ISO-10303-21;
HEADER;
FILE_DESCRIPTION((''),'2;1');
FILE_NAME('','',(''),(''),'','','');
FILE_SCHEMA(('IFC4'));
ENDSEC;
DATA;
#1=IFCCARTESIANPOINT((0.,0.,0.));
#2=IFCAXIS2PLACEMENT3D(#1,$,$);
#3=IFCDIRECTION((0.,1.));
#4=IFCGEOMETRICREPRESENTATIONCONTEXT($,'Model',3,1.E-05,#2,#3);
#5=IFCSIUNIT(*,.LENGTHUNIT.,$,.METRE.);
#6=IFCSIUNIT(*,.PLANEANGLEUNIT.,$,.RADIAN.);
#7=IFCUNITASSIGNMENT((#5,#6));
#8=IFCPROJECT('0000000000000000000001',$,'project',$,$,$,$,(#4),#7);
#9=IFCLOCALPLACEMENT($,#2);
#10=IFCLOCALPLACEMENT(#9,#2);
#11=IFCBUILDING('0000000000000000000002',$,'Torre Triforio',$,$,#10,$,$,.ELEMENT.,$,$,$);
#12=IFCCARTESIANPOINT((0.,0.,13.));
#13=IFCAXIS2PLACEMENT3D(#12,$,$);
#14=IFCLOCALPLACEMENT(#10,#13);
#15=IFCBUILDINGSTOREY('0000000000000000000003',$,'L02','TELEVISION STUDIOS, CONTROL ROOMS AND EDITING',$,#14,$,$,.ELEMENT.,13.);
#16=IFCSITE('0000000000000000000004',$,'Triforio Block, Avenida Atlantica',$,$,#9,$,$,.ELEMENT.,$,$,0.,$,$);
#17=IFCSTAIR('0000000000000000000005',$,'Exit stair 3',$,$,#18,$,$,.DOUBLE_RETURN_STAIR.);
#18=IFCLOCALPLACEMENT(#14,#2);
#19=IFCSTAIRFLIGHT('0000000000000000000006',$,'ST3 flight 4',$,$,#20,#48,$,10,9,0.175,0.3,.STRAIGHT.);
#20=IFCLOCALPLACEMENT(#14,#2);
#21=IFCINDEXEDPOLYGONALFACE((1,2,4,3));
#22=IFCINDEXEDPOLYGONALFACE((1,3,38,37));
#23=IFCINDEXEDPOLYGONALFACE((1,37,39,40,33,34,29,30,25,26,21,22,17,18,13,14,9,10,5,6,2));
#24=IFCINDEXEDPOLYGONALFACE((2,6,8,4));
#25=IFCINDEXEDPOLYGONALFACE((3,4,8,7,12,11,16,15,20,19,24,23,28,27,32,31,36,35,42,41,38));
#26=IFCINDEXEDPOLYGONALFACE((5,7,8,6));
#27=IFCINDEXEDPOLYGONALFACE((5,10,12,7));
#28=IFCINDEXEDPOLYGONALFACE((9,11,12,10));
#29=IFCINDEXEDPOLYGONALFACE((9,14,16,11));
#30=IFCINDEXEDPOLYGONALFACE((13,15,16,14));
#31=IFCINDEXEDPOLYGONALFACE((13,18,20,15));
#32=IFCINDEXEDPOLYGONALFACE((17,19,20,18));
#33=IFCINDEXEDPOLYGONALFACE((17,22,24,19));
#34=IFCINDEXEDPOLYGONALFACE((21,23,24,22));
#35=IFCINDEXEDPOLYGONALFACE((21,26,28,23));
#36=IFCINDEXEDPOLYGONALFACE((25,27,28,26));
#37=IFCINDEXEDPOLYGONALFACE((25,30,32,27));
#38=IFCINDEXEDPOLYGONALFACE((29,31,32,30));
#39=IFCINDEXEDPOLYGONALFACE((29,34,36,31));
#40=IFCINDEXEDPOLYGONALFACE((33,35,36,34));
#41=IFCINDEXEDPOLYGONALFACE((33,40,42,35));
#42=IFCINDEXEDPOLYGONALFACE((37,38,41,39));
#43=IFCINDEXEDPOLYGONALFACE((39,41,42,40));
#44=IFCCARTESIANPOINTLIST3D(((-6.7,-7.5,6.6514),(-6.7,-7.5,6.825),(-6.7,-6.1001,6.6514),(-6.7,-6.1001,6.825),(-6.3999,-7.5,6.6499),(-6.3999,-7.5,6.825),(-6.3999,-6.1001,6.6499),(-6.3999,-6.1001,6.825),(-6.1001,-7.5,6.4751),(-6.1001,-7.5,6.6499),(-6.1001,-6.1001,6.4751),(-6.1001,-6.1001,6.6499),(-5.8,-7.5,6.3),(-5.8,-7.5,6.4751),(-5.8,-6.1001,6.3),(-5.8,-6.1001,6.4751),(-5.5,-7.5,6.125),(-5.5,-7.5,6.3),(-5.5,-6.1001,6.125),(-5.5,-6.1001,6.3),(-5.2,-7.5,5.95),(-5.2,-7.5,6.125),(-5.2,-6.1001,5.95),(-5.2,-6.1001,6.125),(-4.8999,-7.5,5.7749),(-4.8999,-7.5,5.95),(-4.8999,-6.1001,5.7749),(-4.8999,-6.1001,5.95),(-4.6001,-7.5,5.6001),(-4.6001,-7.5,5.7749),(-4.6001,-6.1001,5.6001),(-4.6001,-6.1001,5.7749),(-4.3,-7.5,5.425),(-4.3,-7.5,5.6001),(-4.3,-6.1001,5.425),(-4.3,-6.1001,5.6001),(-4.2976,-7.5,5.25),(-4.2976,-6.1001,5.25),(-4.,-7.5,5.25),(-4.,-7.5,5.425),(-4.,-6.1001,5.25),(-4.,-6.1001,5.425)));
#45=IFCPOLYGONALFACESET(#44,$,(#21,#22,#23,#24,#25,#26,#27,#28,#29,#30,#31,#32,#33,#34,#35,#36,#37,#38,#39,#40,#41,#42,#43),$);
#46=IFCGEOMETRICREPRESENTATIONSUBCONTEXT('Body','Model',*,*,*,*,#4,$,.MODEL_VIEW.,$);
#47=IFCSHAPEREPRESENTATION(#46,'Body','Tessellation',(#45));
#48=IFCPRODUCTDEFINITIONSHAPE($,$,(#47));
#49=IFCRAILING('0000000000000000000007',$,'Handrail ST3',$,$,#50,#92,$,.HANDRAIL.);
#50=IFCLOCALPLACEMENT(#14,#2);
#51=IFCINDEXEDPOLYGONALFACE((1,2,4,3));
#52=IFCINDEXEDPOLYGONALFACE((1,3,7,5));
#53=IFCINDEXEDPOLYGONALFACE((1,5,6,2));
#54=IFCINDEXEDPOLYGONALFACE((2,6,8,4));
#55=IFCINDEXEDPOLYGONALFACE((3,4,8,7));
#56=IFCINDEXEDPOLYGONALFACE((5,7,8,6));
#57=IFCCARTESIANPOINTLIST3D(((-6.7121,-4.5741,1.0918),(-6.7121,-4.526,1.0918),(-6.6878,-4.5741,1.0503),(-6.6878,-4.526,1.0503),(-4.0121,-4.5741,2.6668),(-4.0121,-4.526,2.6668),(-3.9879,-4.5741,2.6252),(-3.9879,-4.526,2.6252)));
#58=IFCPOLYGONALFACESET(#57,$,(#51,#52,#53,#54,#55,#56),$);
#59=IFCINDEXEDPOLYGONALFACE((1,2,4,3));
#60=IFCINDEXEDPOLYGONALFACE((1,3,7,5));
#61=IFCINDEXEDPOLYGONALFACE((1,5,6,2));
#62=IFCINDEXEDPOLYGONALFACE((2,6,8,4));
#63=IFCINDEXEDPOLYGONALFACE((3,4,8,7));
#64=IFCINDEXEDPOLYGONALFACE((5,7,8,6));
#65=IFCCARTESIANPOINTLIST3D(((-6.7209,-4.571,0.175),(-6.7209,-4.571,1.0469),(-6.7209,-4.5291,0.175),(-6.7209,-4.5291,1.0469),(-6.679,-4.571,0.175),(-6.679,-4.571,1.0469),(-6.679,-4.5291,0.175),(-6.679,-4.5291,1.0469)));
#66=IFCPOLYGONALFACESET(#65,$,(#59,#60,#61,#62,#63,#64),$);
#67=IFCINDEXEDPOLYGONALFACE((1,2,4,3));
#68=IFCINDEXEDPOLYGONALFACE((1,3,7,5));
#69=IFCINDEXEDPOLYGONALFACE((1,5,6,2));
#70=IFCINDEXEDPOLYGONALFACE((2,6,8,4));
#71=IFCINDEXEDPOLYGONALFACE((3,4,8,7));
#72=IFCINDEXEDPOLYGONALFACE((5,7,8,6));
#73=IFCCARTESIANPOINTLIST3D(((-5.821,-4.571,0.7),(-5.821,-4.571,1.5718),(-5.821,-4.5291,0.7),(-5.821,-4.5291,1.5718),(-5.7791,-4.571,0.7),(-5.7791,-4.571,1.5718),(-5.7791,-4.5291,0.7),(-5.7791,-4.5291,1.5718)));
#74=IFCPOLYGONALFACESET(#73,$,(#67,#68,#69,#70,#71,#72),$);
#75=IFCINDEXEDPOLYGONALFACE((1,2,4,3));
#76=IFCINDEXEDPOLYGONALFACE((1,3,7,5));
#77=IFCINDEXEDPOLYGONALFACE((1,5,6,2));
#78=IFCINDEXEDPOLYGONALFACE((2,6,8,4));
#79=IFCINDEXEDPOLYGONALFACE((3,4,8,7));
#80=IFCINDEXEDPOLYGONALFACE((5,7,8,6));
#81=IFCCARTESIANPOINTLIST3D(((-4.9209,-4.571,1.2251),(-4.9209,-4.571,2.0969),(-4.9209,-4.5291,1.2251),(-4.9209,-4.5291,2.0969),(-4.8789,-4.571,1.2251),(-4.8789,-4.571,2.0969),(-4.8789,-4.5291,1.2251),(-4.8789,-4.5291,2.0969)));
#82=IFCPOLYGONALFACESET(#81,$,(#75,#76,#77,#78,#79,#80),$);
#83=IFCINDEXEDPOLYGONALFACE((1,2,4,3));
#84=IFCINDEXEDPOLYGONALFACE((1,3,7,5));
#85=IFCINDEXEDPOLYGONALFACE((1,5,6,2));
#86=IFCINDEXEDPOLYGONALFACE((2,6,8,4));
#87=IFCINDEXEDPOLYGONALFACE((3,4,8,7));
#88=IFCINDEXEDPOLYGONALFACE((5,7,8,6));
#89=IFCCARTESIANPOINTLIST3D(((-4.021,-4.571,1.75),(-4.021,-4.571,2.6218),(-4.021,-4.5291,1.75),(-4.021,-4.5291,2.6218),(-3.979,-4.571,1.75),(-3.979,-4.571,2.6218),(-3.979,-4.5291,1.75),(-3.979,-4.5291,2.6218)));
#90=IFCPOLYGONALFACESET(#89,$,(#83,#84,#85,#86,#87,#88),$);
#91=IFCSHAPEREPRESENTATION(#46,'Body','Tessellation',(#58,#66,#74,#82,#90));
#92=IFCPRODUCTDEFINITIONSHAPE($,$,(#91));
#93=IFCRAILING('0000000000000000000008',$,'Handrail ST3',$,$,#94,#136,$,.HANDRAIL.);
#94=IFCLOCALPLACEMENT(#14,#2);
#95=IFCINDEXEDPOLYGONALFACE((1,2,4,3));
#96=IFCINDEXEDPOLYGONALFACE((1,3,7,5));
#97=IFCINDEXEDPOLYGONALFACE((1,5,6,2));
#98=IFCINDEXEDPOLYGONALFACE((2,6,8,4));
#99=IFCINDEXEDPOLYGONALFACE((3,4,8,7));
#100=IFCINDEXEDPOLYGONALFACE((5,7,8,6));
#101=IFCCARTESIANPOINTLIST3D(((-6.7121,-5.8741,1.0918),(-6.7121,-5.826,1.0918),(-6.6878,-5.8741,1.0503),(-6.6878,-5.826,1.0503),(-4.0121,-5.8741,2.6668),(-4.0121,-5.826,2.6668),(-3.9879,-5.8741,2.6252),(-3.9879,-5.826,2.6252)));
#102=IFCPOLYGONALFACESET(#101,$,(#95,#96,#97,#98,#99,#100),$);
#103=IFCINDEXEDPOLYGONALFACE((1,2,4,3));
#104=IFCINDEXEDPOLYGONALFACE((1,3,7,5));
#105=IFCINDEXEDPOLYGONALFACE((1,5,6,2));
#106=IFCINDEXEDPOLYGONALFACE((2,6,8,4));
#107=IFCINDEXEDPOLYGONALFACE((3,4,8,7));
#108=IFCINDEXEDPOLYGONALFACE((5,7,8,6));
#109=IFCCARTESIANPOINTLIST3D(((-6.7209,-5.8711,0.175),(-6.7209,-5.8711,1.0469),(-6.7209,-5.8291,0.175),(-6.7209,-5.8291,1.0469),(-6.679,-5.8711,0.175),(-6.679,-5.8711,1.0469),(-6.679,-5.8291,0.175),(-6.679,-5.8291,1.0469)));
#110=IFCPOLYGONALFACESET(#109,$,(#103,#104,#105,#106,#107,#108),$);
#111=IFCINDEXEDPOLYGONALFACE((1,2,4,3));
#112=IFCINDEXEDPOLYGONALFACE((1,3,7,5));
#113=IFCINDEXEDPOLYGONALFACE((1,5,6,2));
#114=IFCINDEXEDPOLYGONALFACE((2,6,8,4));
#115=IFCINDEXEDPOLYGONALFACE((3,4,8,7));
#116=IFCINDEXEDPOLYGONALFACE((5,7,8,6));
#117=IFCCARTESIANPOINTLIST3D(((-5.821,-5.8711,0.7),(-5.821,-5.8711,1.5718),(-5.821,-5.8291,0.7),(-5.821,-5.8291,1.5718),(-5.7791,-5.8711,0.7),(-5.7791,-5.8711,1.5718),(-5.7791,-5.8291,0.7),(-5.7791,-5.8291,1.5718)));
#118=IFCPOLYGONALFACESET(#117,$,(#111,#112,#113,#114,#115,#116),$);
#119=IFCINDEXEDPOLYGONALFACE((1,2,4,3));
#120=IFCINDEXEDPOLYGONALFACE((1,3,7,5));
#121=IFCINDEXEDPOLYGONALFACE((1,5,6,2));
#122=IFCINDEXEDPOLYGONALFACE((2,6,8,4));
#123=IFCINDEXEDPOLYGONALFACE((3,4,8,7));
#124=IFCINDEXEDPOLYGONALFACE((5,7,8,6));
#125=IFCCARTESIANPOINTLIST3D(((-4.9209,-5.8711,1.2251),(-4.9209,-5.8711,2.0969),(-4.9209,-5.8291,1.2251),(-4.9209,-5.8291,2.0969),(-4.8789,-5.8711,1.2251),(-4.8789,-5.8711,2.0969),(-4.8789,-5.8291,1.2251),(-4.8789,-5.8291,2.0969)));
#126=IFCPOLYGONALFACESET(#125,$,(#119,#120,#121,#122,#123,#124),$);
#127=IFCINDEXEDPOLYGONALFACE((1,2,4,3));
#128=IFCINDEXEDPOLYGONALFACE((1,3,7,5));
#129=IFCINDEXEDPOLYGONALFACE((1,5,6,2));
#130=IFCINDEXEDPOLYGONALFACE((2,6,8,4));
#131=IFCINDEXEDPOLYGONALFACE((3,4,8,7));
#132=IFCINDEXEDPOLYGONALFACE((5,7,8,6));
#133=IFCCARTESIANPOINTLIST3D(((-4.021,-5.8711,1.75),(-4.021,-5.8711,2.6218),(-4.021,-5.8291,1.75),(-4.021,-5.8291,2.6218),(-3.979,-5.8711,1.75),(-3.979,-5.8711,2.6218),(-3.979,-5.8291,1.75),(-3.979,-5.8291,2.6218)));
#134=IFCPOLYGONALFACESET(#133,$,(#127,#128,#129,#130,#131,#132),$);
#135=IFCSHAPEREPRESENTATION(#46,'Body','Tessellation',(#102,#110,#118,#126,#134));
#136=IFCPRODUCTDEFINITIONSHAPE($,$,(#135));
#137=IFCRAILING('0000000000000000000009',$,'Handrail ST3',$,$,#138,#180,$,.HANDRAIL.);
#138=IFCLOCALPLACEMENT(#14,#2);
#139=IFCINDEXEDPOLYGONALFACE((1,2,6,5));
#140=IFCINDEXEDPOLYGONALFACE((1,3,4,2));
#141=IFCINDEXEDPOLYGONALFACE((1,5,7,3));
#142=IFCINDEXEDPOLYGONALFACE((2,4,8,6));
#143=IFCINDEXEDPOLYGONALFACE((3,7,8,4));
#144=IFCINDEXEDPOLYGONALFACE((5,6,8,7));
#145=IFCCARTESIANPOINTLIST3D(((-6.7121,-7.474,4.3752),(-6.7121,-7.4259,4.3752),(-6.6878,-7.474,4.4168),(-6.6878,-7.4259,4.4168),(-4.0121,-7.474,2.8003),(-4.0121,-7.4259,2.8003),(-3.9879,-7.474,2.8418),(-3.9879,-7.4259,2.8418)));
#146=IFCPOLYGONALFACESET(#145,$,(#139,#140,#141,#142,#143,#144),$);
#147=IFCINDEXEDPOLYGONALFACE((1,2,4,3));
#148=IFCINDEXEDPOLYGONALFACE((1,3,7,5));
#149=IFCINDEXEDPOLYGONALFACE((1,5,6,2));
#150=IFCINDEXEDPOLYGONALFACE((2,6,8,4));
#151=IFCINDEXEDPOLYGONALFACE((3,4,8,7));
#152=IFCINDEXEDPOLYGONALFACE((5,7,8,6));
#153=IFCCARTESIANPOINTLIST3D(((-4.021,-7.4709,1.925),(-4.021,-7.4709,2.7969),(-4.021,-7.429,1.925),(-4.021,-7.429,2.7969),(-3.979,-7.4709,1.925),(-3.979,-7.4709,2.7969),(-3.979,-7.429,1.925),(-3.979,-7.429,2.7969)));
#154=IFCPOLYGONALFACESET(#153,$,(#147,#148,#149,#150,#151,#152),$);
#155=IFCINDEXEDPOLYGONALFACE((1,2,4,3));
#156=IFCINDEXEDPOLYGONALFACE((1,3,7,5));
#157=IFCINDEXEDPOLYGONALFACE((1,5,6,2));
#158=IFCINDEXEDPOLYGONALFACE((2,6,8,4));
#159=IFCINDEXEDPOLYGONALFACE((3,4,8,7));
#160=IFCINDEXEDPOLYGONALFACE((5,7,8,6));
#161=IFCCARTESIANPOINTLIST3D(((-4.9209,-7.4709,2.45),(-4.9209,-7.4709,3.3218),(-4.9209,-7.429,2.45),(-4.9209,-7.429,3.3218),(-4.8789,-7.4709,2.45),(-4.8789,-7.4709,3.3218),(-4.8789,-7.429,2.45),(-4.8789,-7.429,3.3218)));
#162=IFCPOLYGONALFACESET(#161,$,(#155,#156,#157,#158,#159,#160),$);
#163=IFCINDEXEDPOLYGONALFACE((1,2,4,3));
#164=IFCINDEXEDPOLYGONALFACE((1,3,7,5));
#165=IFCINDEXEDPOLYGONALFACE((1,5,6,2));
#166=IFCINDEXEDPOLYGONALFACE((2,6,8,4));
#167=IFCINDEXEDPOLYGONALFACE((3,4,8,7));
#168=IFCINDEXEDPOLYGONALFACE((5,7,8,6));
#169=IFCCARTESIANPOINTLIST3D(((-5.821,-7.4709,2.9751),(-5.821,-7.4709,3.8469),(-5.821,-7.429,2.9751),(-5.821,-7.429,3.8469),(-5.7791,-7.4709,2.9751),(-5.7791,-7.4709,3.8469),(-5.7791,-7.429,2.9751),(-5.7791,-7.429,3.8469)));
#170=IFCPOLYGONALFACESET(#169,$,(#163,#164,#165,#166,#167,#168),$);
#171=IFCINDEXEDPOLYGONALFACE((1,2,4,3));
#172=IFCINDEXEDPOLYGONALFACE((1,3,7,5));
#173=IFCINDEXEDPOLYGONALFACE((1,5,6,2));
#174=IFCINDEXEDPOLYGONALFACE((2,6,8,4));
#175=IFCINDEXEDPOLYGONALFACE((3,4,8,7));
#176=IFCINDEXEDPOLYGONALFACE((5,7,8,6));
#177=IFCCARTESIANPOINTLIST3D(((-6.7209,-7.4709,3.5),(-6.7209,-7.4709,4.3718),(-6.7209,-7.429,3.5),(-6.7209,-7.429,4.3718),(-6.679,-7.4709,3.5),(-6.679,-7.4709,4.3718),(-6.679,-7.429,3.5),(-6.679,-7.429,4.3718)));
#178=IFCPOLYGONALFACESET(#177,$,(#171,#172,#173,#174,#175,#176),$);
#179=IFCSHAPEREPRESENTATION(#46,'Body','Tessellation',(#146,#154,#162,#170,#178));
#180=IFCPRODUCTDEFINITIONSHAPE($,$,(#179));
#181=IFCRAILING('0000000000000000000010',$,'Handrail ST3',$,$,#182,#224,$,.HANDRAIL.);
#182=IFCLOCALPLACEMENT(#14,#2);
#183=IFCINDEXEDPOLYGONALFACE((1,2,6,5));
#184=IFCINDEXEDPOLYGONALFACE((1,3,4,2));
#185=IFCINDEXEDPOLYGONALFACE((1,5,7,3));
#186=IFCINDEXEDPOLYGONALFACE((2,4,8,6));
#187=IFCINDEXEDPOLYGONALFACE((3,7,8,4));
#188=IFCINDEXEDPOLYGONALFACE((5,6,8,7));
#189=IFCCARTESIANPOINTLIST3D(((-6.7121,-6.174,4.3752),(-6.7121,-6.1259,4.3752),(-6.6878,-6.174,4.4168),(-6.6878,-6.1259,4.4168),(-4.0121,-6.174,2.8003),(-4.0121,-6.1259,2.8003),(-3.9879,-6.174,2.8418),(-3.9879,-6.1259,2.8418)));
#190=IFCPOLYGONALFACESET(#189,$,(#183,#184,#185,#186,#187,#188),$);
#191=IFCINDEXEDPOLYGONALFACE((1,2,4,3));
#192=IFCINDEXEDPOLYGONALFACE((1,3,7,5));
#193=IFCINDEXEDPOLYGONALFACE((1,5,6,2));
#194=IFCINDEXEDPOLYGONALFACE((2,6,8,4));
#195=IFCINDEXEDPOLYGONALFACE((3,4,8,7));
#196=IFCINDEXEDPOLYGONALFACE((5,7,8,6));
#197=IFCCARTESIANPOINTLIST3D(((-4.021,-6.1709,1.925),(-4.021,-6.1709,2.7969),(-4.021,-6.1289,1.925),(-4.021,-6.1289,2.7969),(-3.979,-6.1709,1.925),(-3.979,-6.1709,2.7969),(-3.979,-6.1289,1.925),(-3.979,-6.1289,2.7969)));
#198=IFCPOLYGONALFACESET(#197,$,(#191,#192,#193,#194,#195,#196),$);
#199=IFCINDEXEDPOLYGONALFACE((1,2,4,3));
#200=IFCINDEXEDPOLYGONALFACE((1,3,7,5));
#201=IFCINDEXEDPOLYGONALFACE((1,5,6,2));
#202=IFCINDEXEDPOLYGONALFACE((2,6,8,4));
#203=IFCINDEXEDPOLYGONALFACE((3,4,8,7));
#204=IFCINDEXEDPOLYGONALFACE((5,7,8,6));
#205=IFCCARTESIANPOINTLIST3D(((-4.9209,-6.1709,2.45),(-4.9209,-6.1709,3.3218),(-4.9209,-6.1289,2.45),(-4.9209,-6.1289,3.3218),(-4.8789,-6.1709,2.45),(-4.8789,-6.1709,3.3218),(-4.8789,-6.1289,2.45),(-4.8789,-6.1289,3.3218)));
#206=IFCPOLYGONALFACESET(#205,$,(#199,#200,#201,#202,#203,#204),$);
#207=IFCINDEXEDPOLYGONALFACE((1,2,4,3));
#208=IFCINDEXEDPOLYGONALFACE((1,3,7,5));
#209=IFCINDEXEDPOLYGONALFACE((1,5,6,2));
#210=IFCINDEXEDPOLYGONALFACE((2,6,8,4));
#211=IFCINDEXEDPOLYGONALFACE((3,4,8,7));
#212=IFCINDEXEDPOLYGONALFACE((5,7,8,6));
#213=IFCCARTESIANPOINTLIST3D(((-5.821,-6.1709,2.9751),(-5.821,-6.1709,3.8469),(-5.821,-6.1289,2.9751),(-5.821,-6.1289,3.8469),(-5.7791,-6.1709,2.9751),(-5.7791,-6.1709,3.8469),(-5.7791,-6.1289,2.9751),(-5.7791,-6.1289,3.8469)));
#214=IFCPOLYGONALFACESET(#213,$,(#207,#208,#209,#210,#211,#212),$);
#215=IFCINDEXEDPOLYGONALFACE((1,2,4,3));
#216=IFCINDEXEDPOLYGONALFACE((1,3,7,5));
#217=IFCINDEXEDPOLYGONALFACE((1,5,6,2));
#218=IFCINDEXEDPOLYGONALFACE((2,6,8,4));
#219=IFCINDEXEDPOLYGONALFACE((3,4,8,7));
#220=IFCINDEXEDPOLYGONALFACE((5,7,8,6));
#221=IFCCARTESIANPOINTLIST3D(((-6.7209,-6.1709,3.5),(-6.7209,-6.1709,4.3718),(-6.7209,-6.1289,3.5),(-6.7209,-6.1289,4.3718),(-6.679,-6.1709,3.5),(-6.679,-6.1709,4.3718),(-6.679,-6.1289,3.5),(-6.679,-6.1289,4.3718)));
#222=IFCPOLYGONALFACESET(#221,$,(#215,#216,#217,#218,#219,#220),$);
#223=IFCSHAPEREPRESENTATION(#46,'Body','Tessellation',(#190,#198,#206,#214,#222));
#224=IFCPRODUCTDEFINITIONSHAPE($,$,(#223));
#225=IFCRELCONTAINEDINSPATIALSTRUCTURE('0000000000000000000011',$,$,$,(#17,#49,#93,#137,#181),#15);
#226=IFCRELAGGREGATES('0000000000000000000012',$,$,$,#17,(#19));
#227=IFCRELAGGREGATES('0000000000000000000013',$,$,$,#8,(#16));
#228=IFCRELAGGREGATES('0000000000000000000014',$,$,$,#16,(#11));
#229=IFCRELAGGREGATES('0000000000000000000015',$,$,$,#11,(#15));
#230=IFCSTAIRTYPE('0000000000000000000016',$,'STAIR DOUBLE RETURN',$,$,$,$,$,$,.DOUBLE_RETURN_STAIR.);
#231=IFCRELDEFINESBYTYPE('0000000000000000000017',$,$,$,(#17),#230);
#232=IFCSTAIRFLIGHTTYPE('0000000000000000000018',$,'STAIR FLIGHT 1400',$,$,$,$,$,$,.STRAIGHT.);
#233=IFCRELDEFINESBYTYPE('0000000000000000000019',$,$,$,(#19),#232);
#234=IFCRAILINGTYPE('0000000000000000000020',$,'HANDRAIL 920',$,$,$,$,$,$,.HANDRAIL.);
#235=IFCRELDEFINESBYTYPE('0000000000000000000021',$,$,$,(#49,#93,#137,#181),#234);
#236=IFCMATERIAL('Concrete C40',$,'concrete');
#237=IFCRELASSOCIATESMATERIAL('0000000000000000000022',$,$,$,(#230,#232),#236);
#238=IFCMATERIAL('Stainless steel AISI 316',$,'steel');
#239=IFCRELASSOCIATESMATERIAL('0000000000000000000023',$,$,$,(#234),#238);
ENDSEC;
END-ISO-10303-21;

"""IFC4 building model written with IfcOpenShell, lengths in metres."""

from ifc_helpers import new_model, si_unit, direction, frame, origin, origin_2d, place, context, subcontext, project, spatial, polyline, rectangle, outline, extrude, material, type_object, element, aggregate, save


model = new_model("IFC4")

# Units and contexts
model_context = context("Model", 3, precision=1e-05, world=origin(), true_north=direction((0.0, 1.0)))
body_context = subcontext(model_context, "Body", "Model", "MODEL_VIEW")
ifc_project = project(units=[si_unit("LENGTHUNIT", "METRE"), si_unit("PLANEANGLEUNIT", "RADIAN")], contexts=[model_context])

# Site, building, storey
site_placement = place(None, origin())
site = spatial("IfcSite", under=ifc_project, at=site_placement, Name="Triforio Block, Avenida Atlantica", CompositionType="ELEMENT", RefElevation=0.0)
building_placement = place(site_placement, origin())
building = spatial("IfcBuilding", under=site, at=building_placement, Name="Torre Triforio", CompositionType="ELEMENT")
storey_placement = place(building_placement, frame((0.0, 0.0, 13.0)))
storey = spatial("IfcBuildingStorey", under=building, at=storey_placement, Name="L02", Description="TELEVISION STUDIOS, CONTROL ROOMS AND EDITING", CompositionType="ELEMENT", Elevation=13.0)

# Stair, stair flight
ifc_material_1 = material(Name="Concrete C40", Category="concrete")
stair_type = type_object("IfcStairType", Name="STAIR DOUBLE RETURN", PredefinedType="DOUBLE_RETURN_STAIR", material=ifc_material_1)
stair_placement = place(storey_placement, origin())
stair = element("IfcStair", 1, at=stair_placement, inside=storey, type_object=stair_type, Name="Exit stair 3", PredefinedType="DOUBLE_RETURN_STAIR")
stair_flight_type = type_object("IfcStairFlightType", Name="STAIR FLIGHT 1400", PredefinedType="STRAIGHT", material=ifc_material_1)
stair_flight_1_placement = place(storey_placement, frame((-4.0, -6.8, 5.25), z_axis=(0.0, 0.0, 1.0), x_axis=(-1.0, 0.0, 0.0)))
stair_flight_1 = element("IfcStairFlight", 2, at=stair_flight_1_placement, type_object=stair_flight_type, Name="ST3 flight 4", NumberOfRisers=10, NumberOfTreads=9, PredefinedType="STRAIGHT", RiserHeight=0.175, TreadLength=0.3, context=body_context, shape_type="SweptSolid", body=[
    extrude(outline(polyline([(0.0, 0.0), (0.0, 0.175), (0.3, 0.175), (0.3, 0.3501), (0.6001, 0.3501), (0.6001, 0.5249), (0.8999, 0.5249), (0.8999, 0.7), (1.2, 0.7), (1.2, 0.875), (1.5, 0.875), (1.5, 1.05), (1.8, 1.05), (1.8, 1.2251), (2.1001, 1.2251), (2.1001, 1.3999), (2.3999, 1.3999), (2.3999, 1.575), (2.7, 1.575), (2.7, 1.75), (2.7, 1.4014), (0.2976, 0.0), (0.0, 0.0)])), frame((0.0, 0.7, 0.0), z_axis=(0.0, -1.0, 0.0), x_axis=(1.0, 0.0, 0.0)), (0.0, 0.0, 1.0), 1.3999),
])
aggregate(stair, [stair_flight_1])

# Railings
ifc_material_2 = material(Name="Stainless steel AISI 316", Category="steel")
railing_type = type_object("IfcRailingType", Name="HANDRAIL 920", PredefinedType="HANDRAIL", material=ifc_material_2)
for number, where, name in (
    (3, (-6.7, -4.55, 0.175), "Handrail ST3"),
    (4, (-6.7, -5.8501, 0.175), "Handrail ST3"),
):
    element("IfcRailing", number, at=place(storey_placement, frame(where)), inside=storey, type_object=railing_type, Name=name, PredefinedType="HANDRAIL", context=body_context, shape_type="SweptSolid", body=[
        extrude(rectangle(XDim=0.0481, YDim=0.0481, at=origin_2d()), frame((0.0, 0.0, 0.896), z_axis=(0.863782, 0.0, 0.503866), x_axis=(0.0, 1.0, 0.0)), (0.0, 0.0, 1.0), 3.1257),
        extrude(rectangle(XDim=0.042, YDim=0.042, at=origin_2d()), origin(), (0.0, 0.0, 1.0), 0.8718),
        extrude(rectangle(XDim=0.042, YDim=0.042, at=origin_2d()), frame((0.8999, 0.0, 0.5249)), (0.0, 0.0, 1.0), 0.8718),
        extrude(rectangle(XDim=0.042, YDim=0.042, at=origin_2d()), frame((1.8, 0.0, 1.05)), (0.0, 0.0, 1.0), 0.8718),
        extrude(rectangle(XDim=0.042, YDim=0.042, at=origin_2d()), frame((2.7, 0.0, 1.575)), (0.0, 0.0, 1.0), 0.8718),
    ])
for number, where, name in (
    (5, (-4.0, -7.45, 1.925), "Handrail ST3"),
    (6, (-4.0, -6.1499, 1.925), "Handrail ST3"),
):
    element("IfcRailing", number, at=place(storey_placement, frame(where)), inside=storey, type_object=railing_type, Name=name, PredefinedType="HANDRAIL", context=body_context, shape_type="SweptSolid", body=[
        extrude(rectangle(XDim=0.0481, YDim=0.0481, at=origin_2d()), frame((0.0, 0.0, 0.896), z_axis=(-0.863782, 0.0, 0.503866), x_axis=(0.0, -1.0, 0.0)), (0.0, 0.0, 1.0), 3.1257),
        extrude(rectangle(XDim=0.042, YDim=0.042, at=origin_2d()), origin(), (0.0, 0.0, 1.0), 0.8718),
        extrude(rectangle(XDim=0.042, YDim=0.042, at=origin_2d()), frame((-0.8999, 0.0, 0.5249)), (0.0, 0.0, 1.0), 0.8718),
        extrude(rectangle(XDim=0.042, YDim=0.042, at=origin_2d()), frame((-1.8, 0.0, 1.05)), (0.0, 0.0, 1.0), 0.8718),
        extrude(rectangle(XDim=0.042, YDim=0.042, at=origin_2d()), frame((-2.7, 0.0, 1.575)), (0.0, 0.0, 1.0), 0.8718),
    ])

save(model, "model.ifc")
